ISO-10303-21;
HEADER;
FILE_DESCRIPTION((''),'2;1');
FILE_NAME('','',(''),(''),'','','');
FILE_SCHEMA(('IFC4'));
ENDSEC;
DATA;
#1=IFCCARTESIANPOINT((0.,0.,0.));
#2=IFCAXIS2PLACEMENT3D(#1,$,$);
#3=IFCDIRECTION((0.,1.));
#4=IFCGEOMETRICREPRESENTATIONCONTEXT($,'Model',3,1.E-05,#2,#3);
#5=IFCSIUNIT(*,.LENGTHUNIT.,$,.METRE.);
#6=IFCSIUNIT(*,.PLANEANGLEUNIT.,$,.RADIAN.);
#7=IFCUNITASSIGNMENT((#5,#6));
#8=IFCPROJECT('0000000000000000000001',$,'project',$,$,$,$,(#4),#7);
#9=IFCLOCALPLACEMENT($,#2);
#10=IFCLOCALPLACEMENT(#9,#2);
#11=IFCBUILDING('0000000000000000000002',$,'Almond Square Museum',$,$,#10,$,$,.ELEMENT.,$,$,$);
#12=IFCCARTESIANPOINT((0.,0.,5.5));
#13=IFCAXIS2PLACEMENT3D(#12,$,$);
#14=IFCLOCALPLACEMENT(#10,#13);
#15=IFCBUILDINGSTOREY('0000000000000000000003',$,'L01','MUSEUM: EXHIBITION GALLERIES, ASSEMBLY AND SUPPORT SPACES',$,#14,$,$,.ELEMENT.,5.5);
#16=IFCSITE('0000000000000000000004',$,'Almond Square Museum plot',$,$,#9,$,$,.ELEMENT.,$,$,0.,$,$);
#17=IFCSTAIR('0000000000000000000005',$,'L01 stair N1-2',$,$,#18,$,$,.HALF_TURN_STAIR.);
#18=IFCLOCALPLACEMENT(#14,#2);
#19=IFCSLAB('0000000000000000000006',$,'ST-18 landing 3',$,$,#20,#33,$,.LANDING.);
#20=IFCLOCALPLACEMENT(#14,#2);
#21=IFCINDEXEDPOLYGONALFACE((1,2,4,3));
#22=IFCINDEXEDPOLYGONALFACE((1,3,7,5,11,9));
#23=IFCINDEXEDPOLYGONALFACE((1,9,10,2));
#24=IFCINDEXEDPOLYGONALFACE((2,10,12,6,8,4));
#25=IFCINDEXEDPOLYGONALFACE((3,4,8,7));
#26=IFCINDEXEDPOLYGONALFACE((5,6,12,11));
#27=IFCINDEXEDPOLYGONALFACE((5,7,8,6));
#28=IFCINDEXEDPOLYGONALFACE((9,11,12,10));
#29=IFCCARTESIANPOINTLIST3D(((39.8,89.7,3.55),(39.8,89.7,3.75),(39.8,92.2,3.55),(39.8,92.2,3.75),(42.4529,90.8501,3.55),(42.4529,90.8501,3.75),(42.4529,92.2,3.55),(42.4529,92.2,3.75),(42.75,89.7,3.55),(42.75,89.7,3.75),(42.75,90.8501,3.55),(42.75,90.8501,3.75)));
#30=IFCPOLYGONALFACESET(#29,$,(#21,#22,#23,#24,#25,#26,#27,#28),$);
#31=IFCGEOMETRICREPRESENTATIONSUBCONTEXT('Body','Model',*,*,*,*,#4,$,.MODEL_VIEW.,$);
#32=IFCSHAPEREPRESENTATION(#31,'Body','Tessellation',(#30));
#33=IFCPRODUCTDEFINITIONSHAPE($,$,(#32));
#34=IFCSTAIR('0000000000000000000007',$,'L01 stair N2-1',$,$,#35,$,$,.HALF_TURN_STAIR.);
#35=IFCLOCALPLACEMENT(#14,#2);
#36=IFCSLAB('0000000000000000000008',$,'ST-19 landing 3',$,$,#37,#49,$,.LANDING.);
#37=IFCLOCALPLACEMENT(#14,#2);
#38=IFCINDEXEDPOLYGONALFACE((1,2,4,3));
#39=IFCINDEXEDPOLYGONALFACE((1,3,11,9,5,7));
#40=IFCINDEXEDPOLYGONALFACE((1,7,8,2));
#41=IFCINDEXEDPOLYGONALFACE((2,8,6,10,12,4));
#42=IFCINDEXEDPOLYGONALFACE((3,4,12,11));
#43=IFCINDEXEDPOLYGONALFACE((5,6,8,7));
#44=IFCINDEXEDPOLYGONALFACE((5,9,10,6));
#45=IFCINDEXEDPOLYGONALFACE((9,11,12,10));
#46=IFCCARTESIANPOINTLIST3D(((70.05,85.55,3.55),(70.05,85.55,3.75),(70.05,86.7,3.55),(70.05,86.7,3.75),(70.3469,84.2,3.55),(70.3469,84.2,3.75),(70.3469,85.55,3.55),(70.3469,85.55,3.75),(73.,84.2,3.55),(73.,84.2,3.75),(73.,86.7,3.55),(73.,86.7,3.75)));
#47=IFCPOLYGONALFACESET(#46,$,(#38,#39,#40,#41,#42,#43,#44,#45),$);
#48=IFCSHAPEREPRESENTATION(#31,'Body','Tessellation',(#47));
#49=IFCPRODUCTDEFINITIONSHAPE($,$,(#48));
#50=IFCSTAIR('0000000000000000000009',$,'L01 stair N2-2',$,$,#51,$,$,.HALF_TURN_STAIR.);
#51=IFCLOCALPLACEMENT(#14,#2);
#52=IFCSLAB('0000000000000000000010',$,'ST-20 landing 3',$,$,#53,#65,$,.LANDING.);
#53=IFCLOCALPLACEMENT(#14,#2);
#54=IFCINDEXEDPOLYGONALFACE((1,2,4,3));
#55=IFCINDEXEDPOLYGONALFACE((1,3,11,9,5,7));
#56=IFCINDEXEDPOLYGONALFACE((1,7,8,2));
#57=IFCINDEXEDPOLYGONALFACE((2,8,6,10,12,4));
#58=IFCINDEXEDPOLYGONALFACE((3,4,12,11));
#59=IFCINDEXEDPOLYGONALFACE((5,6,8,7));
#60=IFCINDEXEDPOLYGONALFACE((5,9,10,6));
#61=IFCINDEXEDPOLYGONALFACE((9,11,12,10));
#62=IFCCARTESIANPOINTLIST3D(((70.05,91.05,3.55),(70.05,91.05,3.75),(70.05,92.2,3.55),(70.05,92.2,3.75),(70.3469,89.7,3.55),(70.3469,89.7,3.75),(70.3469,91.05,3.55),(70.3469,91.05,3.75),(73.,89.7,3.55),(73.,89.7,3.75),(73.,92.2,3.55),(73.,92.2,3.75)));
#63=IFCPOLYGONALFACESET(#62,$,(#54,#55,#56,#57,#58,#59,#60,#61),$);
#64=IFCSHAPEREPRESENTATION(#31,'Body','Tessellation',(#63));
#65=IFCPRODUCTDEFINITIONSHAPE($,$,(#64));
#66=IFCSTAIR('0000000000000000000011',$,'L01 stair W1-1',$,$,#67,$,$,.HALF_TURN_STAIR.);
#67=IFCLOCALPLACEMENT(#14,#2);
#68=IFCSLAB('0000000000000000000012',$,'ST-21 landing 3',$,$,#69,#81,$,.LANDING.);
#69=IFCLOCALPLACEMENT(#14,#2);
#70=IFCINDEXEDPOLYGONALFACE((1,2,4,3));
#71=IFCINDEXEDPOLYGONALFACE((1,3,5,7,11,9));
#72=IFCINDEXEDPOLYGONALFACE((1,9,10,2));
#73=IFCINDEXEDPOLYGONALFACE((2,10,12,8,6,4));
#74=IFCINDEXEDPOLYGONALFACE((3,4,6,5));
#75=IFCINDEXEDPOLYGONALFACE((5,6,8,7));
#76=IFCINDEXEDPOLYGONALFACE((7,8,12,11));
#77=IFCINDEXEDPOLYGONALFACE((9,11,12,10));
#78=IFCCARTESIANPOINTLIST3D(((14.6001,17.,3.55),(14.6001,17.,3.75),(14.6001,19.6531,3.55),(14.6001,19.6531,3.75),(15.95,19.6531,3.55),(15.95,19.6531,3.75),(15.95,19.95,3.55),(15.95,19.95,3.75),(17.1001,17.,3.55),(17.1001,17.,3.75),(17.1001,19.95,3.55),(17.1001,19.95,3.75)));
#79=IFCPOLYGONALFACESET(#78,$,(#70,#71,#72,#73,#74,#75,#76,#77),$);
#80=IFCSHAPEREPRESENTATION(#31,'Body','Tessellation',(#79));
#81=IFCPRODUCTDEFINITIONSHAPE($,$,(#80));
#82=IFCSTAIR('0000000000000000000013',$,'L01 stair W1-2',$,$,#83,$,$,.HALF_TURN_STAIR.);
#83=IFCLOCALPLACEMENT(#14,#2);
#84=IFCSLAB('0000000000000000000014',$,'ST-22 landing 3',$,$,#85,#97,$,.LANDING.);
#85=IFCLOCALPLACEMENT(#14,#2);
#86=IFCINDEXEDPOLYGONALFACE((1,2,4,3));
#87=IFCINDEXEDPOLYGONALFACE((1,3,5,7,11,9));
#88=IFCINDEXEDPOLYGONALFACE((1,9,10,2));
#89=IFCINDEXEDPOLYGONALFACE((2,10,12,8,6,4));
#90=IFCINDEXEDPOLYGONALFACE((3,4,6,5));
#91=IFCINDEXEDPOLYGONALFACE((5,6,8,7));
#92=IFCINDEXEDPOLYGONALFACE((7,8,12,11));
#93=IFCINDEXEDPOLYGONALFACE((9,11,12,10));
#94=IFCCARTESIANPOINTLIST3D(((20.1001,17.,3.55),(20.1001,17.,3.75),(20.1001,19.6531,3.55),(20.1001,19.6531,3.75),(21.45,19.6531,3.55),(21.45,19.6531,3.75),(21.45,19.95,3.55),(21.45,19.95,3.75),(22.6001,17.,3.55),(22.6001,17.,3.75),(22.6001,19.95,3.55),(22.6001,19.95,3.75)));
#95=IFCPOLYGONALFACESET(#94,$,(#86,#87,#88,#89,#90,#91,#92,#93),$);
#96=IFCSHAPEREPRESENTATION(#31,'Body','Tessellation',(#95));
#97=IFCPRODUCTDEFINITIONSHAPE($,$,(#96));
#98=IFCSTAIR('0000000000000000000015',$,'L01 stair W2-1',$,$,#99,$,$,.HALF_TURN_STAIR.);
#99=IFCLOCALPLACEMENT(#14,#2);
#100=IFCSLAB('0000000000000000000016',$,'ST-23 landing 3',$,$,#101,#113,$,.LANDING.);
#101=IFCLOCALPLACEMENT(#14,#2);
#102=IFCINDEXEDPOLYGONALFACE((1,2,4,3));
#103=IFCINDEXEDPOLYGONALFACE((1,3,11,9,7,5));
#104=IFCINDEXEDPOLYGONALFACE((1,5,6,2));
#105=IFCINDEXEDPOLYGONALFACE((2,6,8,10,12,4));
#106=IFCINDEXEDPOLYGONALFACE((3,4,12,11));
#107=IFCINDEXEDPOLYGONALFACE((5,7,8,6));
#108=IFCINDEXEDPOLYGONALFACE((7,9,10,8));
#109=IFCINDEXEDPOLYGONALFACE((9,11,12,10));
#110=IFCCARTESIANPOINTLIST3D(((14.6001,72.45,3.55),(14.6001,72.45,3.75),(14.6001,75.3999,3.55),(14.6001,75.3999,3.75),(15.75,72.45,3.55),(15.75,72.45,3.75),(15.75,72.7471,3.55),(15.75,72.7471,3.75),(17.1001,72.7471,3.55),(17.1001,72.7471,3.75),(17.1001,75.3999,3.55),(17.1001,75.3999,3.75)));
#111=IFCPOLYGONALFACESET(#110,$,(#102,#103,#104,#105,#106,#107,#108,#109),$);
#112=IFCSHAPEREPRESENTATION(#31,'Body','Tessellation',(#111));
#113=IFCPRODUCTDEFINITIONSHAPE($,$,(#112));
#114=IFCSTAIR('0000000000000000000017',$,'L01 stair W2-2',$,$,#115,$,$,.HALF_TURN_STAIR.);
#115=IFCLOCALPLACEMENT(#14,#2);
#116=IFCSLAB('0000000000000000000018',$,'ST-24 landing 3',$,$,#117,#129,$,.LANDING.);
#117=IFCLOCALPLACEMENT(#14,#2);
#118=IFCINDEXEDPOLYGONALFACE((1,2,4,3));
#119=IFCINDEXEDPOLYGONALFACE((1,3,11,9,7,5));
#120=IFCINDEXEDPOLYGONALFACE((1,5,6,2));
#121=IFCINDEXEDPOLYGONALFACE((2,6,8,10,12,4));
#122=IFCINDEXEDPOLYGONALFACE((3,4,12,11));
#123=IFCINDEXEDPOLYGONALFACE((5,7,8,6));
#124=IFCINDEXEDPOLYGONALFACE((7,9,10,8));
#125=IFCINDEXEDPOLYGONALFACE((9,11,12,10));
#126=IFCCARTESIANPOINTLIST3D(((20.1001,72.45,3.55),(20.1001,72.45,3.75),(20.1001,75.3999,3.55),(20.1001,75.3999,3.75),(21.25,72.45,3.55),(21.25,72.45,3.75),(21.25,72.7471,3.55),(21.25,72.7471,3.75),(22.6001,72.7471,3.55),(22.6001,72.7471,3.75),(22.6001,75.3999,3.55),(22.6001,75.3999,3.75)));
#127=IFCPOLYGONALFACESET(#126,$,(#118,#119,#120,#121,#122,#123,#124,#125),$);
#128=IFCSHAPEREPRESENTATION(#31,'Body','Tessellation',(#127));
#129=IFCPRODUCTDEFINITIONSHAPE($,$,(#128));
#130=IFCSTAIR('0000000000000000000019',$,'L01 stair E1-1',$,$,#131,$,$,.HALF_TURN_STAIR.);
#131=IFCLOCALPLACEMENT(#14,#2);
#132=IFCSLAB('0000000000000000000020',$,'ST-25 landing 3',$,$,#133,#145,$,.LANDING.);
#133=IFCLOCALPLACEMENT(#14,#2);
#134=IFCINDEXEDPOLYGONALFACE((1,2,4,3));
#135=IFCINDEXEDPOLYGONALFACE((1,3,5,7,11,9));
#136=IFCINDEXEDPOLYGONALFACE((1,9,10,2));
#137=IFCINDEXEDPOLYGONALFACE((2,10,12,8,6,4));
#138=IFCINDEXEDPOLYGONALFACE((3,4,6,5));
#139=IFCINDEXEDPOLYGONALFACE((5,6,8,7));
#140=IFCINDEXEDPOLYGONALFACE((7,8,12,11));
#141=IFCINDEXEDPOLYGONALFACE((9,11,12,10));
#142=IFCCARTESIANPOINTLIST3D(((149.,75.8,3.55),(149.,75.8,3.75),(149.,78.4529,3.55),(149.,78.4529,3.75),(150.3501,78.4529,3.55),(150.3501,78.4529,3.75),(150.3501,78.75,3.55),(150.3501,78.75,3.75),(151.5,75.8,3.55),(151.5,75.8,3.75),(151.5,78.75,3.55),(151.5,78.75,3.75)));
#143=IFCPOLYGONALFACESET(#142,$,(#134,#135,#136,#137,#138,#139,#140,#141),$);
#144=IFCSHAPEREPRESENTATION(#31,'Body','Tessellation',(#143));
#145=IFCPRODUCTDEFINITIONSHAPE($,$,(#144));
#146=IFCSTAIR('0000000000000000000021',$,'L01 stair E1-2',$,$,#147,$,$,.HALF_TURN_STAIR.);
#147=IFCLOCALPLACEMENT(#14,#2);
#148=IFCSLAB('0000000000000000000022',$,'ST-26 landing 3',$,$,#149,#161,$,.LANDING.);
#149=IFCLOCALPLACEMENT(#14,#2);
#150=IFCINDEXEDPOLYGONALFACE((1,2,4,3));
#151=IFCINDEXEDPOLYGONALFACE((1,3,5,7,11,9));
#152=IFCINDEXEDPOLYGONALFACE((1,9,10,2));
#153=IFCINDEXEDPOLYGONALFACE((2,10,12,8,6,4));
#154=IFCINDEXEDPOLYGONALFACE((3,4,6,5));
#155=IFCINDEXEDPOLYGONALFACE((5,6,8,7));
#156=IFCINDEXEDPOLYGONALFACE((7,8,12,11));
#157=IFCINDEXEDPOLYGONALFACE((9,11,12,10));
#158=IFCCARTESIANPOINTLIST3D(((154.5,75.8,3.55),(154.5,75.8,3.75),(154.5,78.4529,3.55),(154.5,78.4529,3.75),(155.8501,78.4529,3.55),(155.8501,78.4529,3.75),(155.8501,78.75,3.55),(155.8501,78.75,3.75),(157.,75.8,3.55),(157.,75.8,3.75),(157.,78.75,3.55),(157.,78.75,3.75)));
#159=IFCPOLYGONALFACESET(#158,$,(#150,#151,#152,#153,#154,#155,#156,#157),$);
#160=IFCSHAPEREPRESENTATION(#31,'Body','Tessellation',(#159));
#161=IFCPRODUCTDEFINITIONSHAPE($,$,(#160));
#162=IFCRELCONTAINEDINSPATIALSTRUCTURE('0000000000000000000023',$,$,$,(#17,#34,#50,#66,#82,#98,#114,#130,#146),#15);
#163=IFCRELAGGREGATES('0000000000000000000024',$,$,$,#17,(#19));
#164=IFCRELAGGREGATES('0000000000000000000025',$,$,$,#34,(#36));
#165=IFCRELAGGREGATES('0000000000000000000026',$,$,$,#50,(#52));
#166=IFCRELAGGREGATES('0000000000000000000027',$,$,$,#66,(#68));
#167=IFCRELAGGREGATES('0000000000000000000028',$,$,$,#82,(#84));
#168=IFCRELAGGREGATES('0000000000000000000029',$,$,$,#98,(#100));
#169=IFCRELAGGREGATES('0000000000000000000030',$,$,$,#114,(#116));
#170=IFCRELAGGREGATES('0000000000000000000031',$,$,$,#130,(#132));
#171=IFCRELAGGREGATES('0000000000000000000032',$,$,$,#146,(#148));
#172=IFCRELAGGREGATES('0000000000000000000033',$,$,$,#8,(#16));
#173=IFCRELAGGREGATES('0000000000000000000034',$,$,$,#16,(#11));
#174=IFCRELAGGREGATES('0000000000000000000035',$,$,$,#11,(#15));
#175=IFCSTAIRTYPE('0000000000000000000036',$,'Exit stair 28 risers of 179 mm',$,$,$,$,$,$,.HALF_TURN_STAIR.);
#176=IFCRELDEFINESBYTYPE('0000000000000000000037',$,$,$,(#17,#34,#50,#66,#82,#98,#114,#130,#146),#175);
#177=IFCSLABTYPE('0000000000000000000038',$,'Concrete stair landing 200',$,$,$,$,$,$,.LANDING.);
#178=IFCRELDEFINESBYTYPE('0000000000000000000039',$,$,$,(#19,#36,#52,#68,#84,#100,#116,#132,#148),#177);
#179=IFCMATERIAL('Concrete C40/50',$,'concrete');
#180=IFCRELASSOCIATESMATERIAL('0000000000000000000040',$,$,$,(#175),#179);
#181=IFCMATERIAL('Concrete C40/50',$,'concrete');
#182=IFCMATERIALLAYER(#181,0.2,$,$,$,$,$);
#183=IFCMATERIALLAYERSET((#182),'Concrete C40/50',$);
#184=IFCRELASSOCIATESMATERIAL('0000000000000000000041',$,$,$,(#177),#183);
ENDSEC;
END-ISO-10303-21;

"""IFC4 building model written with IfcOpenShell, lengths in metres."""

from ifc_helpers import new_model, si_unit, direction, frame, origin, place, context, subcontext, project, spatial, polyline, outline, extrude, material, layer, layer_set, type_object, element, aggregate, save


model = new_model("IFC4")

# Units and contexts
model_context = context("Model", 3, precision=1e-05, world=origin(), true_north=direction((0.0, 1.0)))
body_context = subcontext(model_context, "Body", "Model", "MODEL_VIEW")
ifc_project = project(units=[si_unit("LENGTHUNIT", "METRE"), si_unit("PLANEANGLEUNIT", "RADIAN")], contexts=[model_context])

# Site, building, storey
site_placement = place(None, origin())
site = spatial("IfcSite", under=ifc_project, at=site_placement, Name="Almond Square Museum plot", CompositionType="ELEMENT", RefElevation=0.0)
building_placement = place(site_placement, origin())
building = spatial("IfcBuilding", under=site, at=building_placement, Name="Almond Square Museum", CompositionType="ELEMENT")
storey_placement = place(building_placement, frame((0.0, 0.0, 5.5)))
storey = spatial("IfcBuildingStorey", under=building, at=storey_placement, Name="L01", Description="MUSEUM: EXHIBITION GALLERIES, ASSEMBLY AND SUPPORT SPACES", CompositionType="ELEMENT", Elevation=5.5)

# Stairs, slabs
ifc_material_1 = material(Name="Concrete C40/50", Category="concrete")
stair_type = type_object("IfcStairType", Name="Exit stair 28 risers of 179 mm", PredefinedType="HALF_TURN_STAIR", material=ifc_material_1)
ifc_material_2 = material(Name="Concrete C40/50", Category="concrete")
ifc_layer = layer(ifc_material_2, 0.2)
ifc_layer_set = layer_set([ifc_layer], Name="Concrete C40/50")
slab_type = type_object("IfcSlabType", Name="Concrete stair landing 200", PredefinedType="LANDING", material=ifc_layer_set)
stair_1_placement = place(storey_placement, origin())
stair_1 = element("IfcStair", 1, at=stair_1_placement, inside=storey, type_object=stair_type, Name="L01 stair N1-2", PredefinedType="HALF_TURN_STAIR")
slab_1_placement = place(storey_placement, frame((0.0, 0.0, 3.55)))
slab_1 = element("IfcSlab", 2, at=slab_1_placement, type_object=slab_type, Name="ST-18 landing 3", PredefinedType="LANDING", context=body_context, shape_type="SweptSolid", body=[
    extrude(outline(polyline([(42.4529, 92.2), (39.8, 92.2), (39.8, 89.7), (42.75, 89.7), (42.75, 90.8501), (42.4529, 90.8501), (42.4529, 92.2)])), origin(), (0.0, 0.0, 1.0), 0.2),
])
aggregate(stair_1, [slab_1])
stair_2_placement = place(storey_placement, origin())
stair_2 = element("IfcStair", 3, at=stair_2_placement, inside=storey, type_object=stair_type, Name="L01 stair N2-1", PredefinedType="HALF_TURN_STAIR")
slab_2_placement = place(storey_placement, frame((0.0, 0.0, 3.55)))
slab_2 = element("IfcSlab", 4, at=slab_2_placement, type_object=slab_type, Name="ST-19 landing 3", PredefinedType="LANDING", context=body_context, shape_type="SweptSolid", body=[
    extrude(outline(polyline([(70.3469, 84.2), (73.0, 84.2), (73.0, 86.7), (70.05, 86.7), (70.05, 85.55), (70.3469, 85.55), (70.3469, 84.2)])), origin(), (0.0, 0.0, 1.0), 0.2),
])
aggregate(stair_2, [slab_2])
stair_3_placement = place(storey_placement, origin())
stair_3 = element("IfcStair", 5, at=stair_3_placement, inside=storey, type_object=stair_type, Name="L01 stair N2-2", PredefinedType="HALF_TURN_STAIR")
slab_3_placement = place(storey_placement, frame((0.0, 0.0, 3.55)))
slab_3 = element("IfcSlab", 6, at=slab_3_placement, type_object=slab_type, Name="ST-20 landing 3", PredefinedType="LANDING", context=body_context, shape_type="SweptSolid", body=[
    extrude(outline(polyline([(70.3469, 89.7), (73.0, 89.7), (73.0, 92.2), (70.05, 92.2), (70.05, 91.05), (70.3469, 91.05), (70.3469, 89.7)])), origin(), (0.0, 0.0, 1.0), 0.2),
])
aggregate(stair_3, [slab_3])
stair_4_placement = place(storey_placement, origin())
stair_4 = element("IfcStair", 7, at=stair_4_placement, inside=storey, type_object=stair_type, Name="L01 stair W1-1", PredefinedType="HALF_TURN_STAIR")
slab_4_placement = place(storey_placement, frame((0.0, 0.0, 3.55)))
slab_4 = element("IfcSlab", 8, at=slab_4_placement, type_object=slab_type, Name="ST-21 landing 3", PredefinedType="LANDING", context=body_context, shape_type="SweptSolid", body=[
    extrude(outline(polyline([(14.6001, 19.6531), (14.6001, 17.0), (17.1001, 17.0), (17.1001, 19.95), (15.95, 19.95), (15.95, 19.6531), (14.6001, 19.6531)])), origin(), (0.0, 0.0, 1.0), 0.2),
])
aggregate(stair_4, [slab_4])
stair_5_placement = place(storey_placement, origin())
stair_5 = element("IfcStair", 9, at=stair_5_placement, inside=storey, type_object=stair_type, Name="L01 stair W1-2", PredefinedType="HALF_TURN_STAIR")
slab_5_placement = place(storey_placement, frame((0.0, 0.0, 3.55)))
slab_5 = element("IfcSlab", 10, at=slab_5_placement, type_object=slab_type, Name="ST-22 landing 3", PredefinedType="LANDING", context=body_context, shape_type="SweptSolid", body=[
    extrude(outline(polyline([(20.1001, 19.6531), (20.1001, 17.0), (22.6001, 17.0), (22.6001, 19.95), (21.45, 19.95), (21.45, 19.6531), (20.1001, 19.6531)])), origin(), (0.0, 0.0, 1.0), 0.2),
])
aggregate(stair_5, [slab_5])
stair_6_placement = place(storey_placement, origin())
stair_6 = element("IfcStair", 11, at=stair_6_placement, inside=storey, type_object=stair_type, Name="L01 stair W2-1", PredefinedType="HALF_TURN_STAIR")
slab_6_placement = place(storey_placement, frame((0.0, 0.0, 3.55)))
slab_6 = element("IfcSlab", 12, at=slab_6_placement, type_object=slab_type, Name="ST-23 landing 3", PredefinedType="LANDING", context=body_context, shape_type="SweptSolid", body=[
    extrude(outline(polyline([(17.1001, 72.7471), (17.1001, 75.3999), (14.6001, 75.3999), (14.6001, 72.45), (15.75, 72.45), (15.75, 72.7471), (17.1001, 72.7471)])), origin(), (0.0, 0.0, 1.0), 0.2),
])
aggregate(stair_6, [slab_6])
stair_7_placement = place(storey_placement, origin())
stair_7 = element("IfcStair", 13, at=stair_7_placement, inside=storey, type_object=stair_type, Name="L01 stair W2-2", PredefinedType="HALF_TURN_STAIR")
slab_7_placement = place(storey_placement, frame((0.0, 0.0, 3.55)))
slab_7 = element("IfcSlab", 14, at=slab_7_placement, type_object=slab_type, Name="ST-24 landing 3", PredefinedType="LANDING", context=body_context, shape_type="SweptSolid", body=[
    extrude(outline(polyline([(22.6001, 72.7471), (22.6001, 75.3999), (20.1001, 75.3999), (20.1001, 72.45), (21.25, 72.45), (21.25, 72.7471), (22.6001, 72.7471)])), origin(), (0.0, 0.0, 1.0), 0.2),
])
aggregate(stair_7, [slab_7])
stair_8_placement = place(storey_placement, origin())
stair_8 = element("IfcStair", 15, at=stair_8_placement, inside=storey, type_object=stair_type, Name="L01 stair E1-1", PredefinedType="HALF_TURN_STAIR")
slab_8_placement = place(storey_placement, frame((0.0, 0.0, 3.55)))
slab_8 = element("IfcSlab", 16, at=slab_8_placement, type_object=slab_type, Name="ST-25 landing 3", PredefinedType="LANDING", context=body_context, shape_type="SweptSolid", body=[
    extrude(outline(polyline([(149.0, 78.4529), (149.0, 75.8), (151.5, 75.8), (151.5, 78.75), (150.3501, 78.75), (150.3501, 78.4529), (149.0, 78.4529)])), origin(), (0.0, 0.0, 1.0), 0.2),
])
aggregate(stair_8, [slab_8])
stair_9_placement = place(storey_placement, origin())
stair_9 = element("IfcStair", 17, at=stair_9_placement, inside=storey, type_object=stair_type, Name="L01 stair E1-2", PredefinedType="HALF_TURN_STAIR")
slab_9_placement = place(storey_placement, frame((0.0, 0.0, 3.55)))
slab_9 = element("IfcSlab", 18, at=slab_9_placement, type_object=slab_type, Name="ST-26 landing 3", PredefinedType="LANDING", context=body_context, shape_type="SweptSolid", body=[
    extrude(outline(polyline([(154.5, 78.4529), (154.5, 75.8), (157.0, 75.8), (157.0, 78.75), (155.8501, 78.75), (155.8501, 78.4529), (154.5, 78.4529)])), origin(), (0.0, 0.0, 1.0), 0.2),
])
aggregate(stair_9, [slab_9])

save(model, "model.ifc")
